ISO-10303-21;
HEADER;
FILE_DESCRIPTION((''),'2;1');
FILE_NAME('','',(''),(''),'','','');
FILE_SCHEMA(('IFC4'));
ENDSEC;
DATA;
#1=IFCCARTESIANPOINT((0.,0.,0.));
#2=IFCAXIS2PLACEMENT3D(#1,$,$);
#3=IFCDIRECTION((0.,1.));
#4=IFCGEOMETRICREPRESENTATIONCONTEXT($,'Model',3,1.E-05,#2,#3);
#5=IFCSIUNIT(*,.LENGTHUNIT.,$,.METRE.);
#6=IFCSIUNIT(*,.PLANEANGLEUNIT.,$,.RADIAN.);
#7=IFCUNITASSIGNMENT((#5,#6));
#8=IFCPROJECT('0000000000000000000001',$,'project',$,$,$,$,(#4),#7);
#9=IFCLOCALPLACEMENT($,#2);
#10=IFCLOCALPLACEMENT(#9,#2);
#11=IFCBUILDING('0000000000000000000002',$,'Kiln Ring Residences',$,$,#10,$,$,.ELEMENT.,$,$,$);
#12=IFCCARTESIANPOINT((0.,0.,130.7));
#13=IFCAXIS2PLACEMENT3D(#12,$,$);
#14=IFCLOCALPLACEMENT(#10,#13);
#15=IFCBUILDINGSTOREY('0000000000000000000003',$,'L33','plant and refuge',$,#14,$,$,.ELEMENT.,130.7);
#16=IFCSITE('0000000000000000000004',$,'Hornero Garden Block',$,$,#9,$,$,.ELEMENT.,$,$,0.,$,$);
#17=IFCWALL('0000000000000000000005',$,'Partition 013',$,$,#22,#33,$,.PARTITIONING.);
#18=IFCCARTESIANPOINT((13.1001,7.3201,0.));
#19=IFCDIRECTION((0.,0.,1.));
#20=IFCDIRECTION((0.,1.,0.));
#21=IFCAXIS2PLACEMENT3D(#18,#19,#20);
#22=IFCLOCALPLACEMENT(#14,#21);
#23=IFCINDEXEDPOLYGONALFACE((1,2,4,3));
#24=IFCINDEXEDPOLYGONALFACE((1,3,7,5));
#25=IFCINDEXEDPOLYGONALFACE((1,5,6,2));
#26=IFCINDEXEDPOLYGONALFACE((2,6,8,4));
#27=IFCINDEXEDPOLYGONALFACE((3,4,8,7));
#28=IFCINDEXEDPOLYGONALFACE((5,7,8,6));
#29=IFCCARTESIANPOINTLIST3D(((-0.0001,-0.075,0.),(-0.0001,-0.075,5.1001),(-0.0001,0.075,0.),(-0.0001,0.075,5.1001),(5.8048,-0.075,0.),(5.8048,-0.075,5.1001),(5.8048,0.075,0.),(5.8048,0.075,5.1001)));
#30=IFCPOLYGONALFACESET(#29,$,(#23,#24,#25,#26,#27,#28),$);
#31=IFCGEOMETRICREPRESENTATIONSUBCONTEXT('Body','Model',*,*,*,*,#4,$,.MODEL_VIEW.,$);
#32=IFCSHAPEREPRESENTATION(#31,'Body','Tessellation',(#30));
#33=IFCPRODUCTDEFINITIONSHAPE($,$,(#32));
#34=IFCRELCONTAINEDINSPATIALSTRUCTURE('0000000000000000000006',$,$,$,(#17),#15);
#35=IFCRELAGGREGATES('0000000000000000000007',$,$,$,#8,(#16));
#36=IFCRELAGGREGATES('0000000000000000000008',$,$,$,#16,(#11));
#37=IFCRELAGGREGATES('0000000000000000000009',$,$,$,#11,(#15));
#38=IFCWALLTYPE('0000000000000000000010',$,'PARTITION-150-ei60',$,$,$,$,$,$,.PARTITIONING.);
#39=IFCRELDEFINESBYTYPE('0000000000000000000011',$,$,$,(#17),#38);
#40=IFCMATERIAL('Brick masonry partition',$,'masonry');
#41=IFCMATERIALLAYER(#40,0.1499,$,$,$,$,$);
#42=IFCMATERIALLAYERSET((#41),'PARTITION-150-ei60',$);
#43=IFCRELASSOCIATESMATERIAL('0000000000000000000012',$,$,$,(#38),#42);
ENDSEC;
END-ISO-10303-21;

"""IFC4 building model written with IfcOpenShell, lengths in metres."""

from ifc_helpers import new_model, si_unit, direction, frame, frame_2d, origin, place, context, subcontext, project, spatial, rectangle, extrude, material, layer, layer_set, type_object, element, save


model = new_model("IFC4")

# Units and contexts
model_context = context("Model", 3, precision=1e-05, world=origin(), true_north=direction((0.0, 1.0)))
body_context = subcontext(model_context, "Body", "Model", "MODEL_VIEW")
ifc_project = project(units=[si_unit("LENGTHUNIT", "METRE"), si_unit("PLANEANGLEUNIT", "RADIAN")], contexts=[model_context])

# Site, building, storey
site_placement = place(None, origin())
site = spatial("IfcSite", under=ifc_project, at=site_placement, Name="Hornero Garden Block", CompositionType="ELEMENT", RefElevation=0.0)
building_placement = place(site_placement, origin())
building = spatial("IfcBuilding", under=site, at=building_placement, Name="Kiln Ring Residences", CompositionType="ELEMENT")
storey_placement = place(building_placement, frame((0.0, 0.0, 130.7)))
storey = spatial("IfcBuildingStorey", under=building, at=storey_placement, Name="L33", Description="plant and refuge", CompositionType="ELEMENT", Elevation=130.7)

# Wall
ifc_material_1 = material(Name="Brick masonry partition", Category="masonry")
ifc_layer_1 = layer(ifc_material_1, 0.1499)
ifc_layer_set_1 = layer_set([ifc_layer_1], Name="PARTITION-150-ei60")
wall_type_1 = type_object("IfcWallType", Name="PARTITION-150-ei60", PredefinedType="PARTITIONING", material=ifc_layer_set_1)
wall_1_placement = place(storey_placement, frame((13.1001, 7.3201, 0.0), z_axis=(0.0, 0.0, 1.0), x_axis=(0.0, 1.0, 0.0)))
element("IfcWall", 1, at=wall_1_placement, inside=storey, type_object=wall_type_1, Name="Partition 013", PredefinedType="PARTITIONING", context=body_context, shape_type="SweptSolid", body=[
    extrude(rectangle(XDim=5.8049, YDim=0.1499, at=frame_2d((2.9023, 0.0))), origin(), (0.0, 0.0, 1.0), 5.1001),
])

save(model, "model.ifc")
